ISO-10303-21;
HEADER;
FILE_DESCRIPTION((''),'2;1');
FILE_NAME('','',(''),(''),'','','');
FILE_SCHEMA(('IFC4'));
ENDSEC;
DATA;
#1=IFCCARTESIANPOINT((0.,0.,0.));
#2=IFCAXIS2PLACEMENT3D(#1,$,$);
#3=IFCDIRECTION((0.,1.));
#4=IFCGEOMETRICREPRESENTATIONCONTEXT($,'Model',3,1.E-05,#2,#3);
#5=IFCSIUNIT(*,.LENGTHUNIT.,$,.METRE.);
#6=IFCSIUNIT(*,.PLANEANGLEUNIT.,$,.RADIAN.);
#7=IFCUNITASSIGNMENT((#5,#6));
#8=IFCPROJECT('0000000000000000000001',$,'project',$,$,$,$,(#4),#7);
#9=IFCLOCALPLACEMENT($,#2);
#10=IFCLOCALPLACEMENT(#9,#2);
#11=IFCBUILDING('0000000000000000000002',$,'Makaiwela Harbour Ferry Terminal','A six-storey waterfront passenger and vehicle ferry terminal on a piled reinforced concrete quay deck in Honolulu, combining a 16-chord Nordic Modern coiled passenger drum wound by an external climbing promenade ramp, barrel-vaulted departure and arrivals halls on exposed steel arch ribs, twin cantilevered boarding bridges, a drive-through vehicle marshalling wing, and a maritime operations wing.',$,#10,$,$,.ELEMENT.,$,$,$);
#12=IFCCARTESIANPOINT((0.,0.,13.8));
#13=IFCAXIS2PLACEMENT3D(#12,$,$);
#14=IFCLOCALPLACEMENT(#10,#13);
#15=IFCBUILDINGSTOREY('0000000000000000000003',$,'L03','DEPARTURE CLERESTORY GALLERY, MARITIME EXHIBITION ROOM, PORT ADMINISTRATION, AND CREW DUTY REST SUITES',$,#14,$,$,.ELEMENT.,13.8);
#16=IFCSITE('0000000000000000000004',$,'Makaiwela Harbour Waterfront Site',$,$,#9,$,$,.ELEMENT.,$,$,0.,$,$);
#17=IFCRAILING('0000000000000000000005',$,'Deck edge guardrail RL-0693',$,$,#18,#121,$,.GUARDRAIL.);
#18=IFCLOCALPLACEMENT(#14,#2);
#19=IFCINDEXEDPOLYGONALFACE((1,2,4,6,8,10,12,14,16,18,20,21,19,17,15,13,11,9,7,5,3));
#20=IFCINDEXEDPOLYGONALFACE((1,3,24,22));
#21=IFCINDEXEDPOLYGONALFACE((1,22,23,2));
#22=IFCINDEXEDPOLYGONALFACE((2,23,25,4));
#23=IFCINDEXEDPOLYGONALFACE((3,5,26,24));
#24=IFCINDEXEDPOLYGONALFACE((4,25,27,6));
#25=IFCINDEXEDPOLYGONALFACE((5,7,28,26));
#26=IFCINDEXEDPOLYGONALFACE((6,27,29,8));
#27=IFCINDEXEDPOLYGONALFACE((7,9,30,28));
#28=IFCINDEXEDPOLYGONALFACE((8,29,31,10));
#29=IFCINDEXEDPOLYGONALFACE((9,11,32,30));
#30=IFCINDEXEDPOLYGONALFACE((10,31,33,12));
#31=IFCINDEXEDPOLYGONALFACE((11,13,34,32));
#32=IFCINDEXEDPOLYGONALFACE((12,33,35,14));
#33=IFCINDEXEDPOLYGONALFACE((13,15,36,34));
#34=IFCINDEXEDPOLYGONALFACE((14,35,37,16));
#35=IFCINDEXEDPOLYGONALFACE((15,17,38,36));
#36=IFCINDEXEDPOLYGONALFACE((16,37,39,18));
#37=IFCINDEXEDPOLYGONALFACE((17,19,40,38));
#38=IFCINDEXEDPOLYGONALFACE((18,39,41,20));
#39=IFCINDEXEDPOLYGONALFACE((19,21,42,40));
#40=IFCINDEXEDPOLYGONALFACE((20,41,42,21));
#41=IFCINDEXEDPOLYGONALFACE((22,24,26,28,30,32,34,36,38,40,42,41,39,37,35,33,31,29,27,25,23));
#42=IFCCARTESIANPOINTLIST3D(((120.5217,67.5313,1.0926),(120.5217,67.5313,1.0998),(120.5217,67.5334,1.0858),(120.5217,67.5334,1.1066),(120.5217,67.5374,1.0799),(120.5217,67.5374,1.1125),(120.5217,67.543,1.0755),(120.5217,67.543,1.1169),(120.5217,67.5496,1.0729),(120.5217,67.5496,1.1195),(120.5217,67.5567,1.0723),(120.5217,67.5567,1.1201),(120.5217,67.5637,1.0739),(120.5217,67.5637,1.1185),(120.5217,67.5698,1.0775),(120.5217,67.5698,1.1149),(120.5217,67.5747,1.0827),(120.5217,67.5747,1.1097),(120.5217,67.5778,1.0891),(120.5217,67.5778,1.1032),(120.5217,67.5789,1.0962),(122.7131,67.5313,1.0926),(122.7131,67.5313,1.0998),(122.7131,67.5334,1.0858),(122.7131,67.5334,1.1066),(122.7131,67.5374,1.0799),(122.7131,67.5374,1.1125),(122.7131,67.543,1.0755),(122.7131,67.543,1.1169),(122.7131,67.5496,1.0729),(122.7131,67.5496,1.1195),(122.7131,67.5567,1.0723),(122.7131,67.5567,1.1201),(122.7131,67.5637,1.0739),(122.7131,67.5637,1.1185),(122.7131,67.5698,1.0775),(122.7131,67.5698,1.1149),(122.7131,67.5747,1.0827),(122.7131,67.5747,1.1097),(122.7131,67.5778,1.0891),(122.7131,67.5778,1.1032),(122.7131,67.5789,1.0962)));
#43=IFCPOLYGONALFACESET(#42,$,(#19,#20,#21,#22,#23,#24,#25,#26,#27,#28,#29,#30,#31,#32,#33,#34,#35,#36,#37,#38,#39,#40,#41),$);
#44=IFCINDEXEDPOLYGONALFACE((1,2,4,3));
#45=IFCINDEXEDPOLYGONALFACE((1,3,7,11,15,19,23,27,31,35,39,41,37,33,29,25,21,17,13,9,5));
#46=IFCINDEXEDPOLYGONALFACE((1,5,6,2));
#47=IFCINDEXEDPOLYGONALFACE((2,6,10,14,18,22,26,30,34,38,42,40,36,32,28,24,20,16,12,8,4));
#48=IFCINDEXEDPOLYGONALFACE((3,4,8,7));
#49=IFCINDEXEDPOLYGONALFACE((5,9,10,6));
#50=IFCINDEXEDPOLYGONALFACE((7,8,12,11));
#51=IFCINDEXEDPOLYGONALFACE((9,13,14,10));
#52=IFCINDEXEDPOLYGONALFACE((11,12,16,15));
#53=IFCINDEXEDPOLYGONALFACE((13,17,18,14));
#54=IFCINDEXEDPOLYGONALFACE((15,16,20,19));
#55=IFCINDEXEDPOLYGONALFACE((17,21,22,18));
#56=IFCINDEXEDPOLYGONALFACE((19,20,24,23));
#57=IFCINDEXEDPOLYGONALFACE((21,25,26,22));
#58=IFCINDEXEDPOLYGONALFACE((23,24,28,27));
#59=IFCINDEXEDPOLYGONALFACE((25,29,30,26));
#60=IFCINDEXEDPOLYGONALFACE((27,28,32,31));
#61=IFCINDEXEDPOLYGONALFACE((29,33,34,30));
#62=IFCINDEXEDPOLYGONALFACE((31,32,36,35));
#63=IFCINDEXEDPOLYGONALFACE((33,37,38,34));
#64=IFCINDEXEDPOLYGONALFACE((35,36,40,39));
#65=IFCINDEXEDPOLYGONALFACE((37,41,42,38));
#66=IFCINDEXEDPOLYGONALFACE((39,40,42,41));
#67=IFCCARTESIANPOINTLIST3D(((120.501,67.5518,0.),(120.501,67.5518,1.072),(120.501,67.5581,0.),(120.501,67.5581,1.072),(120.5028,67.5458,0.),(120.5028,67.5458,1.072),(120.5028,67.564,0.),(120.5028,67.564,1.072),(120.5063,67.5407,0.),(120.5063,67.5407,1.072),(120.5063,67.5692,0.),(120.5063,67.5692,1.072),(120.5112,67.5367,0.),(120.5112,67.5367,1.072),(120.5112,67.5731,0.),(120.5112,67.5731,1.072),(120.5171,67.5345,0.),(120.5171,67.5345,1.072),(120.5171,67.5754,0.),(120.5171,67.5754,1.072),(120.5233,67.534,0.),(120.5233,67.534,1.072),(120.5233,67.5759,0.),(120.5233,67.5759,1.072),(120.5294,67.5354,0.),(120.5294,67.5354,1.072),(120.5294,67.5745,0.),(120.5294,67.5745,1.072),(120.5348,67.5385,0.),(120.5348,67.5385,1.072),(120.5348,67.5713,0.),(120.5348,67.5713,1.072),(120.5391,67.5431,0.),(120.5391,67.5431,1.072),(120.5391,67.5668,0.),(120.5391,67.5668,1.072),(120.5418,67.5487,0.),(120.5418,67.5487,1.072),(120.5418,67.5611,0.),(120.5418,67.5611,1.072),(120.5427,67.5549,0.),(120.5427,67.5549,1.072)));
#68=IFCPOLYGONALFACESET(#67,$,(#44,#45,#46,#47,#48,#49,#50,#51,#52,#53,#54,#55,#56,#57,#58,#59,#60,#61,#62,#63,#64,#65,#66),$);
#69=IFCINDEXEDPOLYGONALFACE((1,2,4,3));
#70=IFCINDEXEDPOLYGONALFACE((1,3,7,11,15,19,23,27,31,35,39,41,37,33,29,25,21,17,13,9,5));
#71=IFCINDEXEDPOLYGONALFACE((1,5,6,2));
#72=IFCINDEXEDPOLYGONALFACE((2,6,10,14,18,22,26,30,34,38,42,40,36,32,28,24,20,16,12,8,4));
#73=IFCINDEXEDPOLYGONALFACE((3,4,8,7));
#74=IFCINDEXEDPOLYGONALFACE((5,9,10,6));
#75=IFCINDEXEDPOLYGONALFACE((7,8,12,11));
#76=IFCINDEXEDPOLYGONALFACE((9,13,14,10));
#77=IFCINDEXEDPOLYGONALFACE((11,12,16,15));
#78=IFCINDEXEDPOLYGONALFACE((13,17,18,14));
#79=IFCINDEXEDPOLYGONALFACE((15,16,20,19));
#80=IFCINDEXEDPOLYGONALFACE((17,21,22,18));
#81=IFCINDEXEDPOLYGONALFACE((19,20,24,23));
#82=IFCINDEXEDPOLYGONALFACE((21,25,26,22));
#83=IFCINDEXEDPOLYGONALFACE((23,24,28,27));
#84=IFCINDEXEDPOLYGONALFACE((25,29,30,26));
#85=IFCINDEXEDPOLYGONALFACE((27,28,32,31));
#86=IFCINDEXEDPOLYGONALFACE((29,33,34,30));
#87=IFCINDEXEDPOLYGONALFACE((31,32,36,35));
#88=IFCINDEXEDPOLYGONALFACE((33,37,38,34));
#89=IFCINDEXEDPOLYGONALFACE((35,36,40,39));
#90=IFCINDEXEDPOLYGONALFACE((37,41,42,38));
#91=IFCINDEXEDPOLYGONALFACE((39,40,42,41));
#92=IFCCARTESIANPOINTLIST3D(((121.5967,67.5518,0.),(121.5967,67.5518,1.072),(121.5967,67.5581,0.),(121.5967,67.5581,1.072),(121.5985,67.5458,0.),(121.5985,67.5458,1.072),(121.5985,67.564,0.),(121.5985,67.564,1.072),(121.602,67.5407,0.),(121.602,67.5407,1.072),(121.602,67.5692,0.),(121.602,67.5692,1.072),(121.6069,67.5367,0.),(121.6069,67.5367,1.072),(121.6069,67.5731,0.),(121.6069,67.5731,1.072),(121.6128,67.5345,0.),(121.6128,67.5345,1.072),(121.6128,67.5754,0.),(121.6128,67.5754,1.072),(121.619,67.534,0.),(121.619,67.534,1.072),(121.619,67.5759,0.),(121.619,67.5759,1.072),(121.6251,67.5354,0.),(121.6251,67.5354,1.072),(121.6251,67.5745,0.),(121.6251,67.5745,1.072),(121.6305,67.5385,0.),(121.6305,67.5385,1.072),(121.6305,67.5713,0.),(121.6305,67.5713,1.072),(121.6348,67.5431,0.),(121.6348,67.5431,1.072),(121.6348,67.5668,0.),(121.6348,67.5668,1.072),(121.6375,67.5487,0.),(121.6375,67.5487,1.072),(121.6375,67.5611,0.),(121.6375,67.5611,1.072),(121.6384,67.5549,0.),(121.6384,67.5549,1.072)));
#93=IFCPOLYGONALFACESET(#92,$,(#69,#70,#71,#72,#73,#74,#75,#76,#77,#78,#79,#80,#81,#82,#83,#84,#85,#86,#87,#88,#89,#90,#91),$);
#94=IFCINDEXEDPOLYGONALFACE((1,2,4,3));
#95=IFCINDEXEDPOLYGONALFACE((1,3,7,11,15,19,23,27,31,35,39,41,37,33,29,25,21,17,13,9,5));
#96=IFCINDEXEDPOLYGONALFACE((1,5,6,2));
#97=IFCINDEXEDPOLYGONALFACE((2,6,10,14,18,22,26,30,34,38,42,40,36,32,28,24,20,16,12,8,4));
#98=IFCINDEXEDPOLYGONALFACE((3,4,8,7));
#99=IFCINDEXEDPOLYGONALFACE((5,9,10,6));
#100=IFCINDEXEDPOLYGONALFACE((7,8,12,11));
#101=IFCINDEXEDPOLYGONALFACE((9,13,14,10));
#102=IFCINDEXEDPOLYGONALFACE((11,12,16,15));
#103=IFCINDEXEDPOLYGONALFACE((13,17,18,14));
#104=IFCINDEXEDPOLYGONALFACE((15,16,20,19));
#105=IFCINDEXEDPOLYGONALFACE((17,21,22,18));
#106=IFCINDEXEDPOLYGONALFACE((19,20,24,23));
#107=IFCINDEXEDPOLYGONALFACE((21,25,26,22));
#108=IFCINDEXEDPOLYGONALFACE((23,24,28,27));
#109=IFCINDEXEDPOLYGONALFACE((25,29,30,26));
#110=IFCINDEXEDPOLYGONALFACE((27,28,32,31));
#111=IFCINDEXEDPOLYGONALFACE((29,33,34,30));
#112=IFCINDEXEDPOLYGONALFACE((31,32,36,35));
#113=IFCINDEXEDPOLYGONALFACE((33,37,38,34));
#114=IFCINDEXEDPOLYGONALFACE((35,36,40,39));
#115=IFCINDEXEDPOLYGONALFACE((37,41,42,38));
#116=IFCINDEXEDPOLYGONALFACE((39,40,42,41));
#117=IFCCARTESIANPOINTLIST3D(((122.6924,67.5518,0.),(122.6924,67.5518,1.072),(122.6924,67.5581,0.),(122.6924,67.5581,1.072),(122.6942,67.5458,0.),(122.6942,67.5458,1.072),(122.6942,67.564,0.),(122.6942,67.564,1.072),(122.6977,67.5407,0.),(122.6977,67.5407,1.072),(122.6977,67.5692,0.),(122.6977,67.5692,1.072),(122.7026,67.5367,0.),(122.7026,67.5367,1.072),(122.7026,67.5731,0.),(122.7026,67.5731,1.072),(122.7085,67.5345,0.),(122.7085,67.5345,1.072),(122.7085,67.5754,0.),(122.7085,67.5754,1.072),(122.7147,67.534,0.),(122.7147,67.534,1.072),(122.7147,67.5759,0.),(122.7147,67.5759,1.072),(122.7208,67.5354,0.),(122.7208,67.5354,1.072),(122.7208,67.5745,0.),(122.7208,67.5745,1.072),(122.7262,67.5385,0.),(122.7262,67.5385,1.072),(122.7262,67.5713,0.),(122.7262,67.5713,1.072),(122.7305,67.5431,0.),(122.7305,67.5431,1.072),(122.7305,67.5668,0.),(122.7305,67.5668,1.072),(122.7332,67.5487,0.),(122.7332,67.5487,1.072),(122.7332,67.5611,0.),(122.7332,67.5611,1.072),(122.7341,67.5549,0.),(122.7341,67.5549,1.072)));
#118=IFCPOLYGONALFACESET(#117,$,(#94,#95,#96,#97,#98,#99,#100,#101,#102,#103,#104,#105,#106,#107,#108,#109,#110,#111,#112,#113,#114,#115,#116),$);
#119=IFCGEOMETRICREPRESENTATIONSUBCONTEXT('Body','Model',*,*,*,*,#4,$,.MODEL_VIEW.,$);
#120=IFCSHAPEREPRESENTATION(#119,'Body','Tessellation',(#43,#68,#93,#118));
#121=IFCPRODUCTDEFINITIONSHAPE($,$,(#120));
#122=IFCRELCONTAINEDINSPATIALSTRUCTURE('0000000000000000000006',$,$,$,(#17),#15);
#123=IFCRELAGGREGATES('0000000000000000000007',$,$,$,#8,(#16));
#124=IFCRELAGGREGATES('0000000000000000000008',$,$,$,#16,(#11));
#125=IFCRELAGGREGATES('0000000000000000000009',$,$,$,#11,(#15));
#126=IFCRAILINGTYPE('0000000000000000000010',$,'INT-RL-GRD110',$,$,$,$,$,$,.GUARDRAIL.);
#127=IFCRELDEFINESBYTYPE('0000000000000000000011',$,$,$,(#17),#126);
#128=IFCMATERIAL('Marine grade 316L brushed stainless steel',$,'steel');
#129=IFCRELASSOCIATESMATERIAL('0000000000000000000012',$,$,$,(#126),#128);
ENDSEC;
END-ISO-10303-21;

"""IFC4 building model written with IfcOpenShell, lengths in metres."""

from ifc_helpers import new_model, si_unit, direction, frame, origin, origin_2d, place, context, subcontext, project, spatial, circle, extrude, material, type_object, element, save


model = new_model("IFC4")

# Units and contexts
model_context = context("Model", 3, precision=1e-05, world=origin(), true_north=direction((0.0, 1.0)))
body_context = subcontext(model_context, "Body", "Model", "MODEL_VIEW")
ifc_project = project(units=[si_unit("LENGTHUNIT", "METRE"), si_unit("PLANEANGLEUNIT", "RADIAN")], contexts=[model_context])

# Site, building, storey
site_placement = place(None, origin())
site = spatial("IfcSite", under=ifc_project, at=site_placement, Name="Makaiwela Harbour Waterfront Site", CompositionType="ELEMENT", RefElevation=0.0)
building_placement = place(site_placement, origin())
building = spatial("IfcBuilding", under=site, at=building_placement, Name="Makaiwela Harbour Ferry Terminal", Description="A six-storey waterfront passenger and vehicle ferry terminal on a piled reinforced concrete quay deck in Honolulu, combining a 16-chord Nordic Modern coiled passenger drum wound by an external climbing promenade ramp, barrel-vaulted departure and arrivals halls on exposed steel arch ribs, twin cantilevered boarding bridges, a drive-through vehicle marshalling wing, and a maritime operations wing.", CompositionType="ELEMENT")
storey_placement = place(building_placement, frame((0.0, 0.0, 13.8)))
storey = spatial("IfcBuildingStorey", under=building, at=storey_placement, Name="L03", Description="DEPARTURE CLERESTORY GALLERY, MARITIME EXHIBITION ROOM, PORT ADMINISTRATION, AND CREW DUTY REST SUITES", CompositionType="ELEMENT", Elevation=13.8)

# Railing
ifc_material_1 = material(Name="Marine grade 316L brushed stainless steel", Category="steel")
railing_type = type_object("IfcRailingType", Name="INT-RL-GRD110", PredefinedType="GUARDRAIL", material=ifc_material_1)
railing_1_placement = place(storey_placement, frame((120.5217, 67.5549, 0.0)))
element("IfcRailing", 1, at=railing_1_placement, inside=storey, type_object=railing_type, Name="Deck edge guardrail RL-0693", PredefinedType="GUARDRAIL", context=body_context, shape_type="SweptSolid", body=[
    extrude(circle(Radius=0.0239, at=origin_2d()), frame((0.0, 0.0, 1.0962), z_axis=(1.0, 0.0, 0.0), x_axis=(0.0, 1.0, 0.0)), (0.0, 0.0, 1.0), 2.1914),
    extrude(circle(Radius=0.021, at=origin_2d()), origin(), (0.0, 0.0, 1.0), 1.072),
    extrude(circle(Radius=0.021, at=origin_2d()), frame((1.0957, 0.0, 0.0)), (0.0, 0.0, 1.0), 1.072),
    extrude(circle(Radius=0.021, at=origin_2d()), frame((2.1914, 0.0, 0.0)), (0.0, 0.0, 1.0), 1.072),
])

save(model, "model.ifc")
